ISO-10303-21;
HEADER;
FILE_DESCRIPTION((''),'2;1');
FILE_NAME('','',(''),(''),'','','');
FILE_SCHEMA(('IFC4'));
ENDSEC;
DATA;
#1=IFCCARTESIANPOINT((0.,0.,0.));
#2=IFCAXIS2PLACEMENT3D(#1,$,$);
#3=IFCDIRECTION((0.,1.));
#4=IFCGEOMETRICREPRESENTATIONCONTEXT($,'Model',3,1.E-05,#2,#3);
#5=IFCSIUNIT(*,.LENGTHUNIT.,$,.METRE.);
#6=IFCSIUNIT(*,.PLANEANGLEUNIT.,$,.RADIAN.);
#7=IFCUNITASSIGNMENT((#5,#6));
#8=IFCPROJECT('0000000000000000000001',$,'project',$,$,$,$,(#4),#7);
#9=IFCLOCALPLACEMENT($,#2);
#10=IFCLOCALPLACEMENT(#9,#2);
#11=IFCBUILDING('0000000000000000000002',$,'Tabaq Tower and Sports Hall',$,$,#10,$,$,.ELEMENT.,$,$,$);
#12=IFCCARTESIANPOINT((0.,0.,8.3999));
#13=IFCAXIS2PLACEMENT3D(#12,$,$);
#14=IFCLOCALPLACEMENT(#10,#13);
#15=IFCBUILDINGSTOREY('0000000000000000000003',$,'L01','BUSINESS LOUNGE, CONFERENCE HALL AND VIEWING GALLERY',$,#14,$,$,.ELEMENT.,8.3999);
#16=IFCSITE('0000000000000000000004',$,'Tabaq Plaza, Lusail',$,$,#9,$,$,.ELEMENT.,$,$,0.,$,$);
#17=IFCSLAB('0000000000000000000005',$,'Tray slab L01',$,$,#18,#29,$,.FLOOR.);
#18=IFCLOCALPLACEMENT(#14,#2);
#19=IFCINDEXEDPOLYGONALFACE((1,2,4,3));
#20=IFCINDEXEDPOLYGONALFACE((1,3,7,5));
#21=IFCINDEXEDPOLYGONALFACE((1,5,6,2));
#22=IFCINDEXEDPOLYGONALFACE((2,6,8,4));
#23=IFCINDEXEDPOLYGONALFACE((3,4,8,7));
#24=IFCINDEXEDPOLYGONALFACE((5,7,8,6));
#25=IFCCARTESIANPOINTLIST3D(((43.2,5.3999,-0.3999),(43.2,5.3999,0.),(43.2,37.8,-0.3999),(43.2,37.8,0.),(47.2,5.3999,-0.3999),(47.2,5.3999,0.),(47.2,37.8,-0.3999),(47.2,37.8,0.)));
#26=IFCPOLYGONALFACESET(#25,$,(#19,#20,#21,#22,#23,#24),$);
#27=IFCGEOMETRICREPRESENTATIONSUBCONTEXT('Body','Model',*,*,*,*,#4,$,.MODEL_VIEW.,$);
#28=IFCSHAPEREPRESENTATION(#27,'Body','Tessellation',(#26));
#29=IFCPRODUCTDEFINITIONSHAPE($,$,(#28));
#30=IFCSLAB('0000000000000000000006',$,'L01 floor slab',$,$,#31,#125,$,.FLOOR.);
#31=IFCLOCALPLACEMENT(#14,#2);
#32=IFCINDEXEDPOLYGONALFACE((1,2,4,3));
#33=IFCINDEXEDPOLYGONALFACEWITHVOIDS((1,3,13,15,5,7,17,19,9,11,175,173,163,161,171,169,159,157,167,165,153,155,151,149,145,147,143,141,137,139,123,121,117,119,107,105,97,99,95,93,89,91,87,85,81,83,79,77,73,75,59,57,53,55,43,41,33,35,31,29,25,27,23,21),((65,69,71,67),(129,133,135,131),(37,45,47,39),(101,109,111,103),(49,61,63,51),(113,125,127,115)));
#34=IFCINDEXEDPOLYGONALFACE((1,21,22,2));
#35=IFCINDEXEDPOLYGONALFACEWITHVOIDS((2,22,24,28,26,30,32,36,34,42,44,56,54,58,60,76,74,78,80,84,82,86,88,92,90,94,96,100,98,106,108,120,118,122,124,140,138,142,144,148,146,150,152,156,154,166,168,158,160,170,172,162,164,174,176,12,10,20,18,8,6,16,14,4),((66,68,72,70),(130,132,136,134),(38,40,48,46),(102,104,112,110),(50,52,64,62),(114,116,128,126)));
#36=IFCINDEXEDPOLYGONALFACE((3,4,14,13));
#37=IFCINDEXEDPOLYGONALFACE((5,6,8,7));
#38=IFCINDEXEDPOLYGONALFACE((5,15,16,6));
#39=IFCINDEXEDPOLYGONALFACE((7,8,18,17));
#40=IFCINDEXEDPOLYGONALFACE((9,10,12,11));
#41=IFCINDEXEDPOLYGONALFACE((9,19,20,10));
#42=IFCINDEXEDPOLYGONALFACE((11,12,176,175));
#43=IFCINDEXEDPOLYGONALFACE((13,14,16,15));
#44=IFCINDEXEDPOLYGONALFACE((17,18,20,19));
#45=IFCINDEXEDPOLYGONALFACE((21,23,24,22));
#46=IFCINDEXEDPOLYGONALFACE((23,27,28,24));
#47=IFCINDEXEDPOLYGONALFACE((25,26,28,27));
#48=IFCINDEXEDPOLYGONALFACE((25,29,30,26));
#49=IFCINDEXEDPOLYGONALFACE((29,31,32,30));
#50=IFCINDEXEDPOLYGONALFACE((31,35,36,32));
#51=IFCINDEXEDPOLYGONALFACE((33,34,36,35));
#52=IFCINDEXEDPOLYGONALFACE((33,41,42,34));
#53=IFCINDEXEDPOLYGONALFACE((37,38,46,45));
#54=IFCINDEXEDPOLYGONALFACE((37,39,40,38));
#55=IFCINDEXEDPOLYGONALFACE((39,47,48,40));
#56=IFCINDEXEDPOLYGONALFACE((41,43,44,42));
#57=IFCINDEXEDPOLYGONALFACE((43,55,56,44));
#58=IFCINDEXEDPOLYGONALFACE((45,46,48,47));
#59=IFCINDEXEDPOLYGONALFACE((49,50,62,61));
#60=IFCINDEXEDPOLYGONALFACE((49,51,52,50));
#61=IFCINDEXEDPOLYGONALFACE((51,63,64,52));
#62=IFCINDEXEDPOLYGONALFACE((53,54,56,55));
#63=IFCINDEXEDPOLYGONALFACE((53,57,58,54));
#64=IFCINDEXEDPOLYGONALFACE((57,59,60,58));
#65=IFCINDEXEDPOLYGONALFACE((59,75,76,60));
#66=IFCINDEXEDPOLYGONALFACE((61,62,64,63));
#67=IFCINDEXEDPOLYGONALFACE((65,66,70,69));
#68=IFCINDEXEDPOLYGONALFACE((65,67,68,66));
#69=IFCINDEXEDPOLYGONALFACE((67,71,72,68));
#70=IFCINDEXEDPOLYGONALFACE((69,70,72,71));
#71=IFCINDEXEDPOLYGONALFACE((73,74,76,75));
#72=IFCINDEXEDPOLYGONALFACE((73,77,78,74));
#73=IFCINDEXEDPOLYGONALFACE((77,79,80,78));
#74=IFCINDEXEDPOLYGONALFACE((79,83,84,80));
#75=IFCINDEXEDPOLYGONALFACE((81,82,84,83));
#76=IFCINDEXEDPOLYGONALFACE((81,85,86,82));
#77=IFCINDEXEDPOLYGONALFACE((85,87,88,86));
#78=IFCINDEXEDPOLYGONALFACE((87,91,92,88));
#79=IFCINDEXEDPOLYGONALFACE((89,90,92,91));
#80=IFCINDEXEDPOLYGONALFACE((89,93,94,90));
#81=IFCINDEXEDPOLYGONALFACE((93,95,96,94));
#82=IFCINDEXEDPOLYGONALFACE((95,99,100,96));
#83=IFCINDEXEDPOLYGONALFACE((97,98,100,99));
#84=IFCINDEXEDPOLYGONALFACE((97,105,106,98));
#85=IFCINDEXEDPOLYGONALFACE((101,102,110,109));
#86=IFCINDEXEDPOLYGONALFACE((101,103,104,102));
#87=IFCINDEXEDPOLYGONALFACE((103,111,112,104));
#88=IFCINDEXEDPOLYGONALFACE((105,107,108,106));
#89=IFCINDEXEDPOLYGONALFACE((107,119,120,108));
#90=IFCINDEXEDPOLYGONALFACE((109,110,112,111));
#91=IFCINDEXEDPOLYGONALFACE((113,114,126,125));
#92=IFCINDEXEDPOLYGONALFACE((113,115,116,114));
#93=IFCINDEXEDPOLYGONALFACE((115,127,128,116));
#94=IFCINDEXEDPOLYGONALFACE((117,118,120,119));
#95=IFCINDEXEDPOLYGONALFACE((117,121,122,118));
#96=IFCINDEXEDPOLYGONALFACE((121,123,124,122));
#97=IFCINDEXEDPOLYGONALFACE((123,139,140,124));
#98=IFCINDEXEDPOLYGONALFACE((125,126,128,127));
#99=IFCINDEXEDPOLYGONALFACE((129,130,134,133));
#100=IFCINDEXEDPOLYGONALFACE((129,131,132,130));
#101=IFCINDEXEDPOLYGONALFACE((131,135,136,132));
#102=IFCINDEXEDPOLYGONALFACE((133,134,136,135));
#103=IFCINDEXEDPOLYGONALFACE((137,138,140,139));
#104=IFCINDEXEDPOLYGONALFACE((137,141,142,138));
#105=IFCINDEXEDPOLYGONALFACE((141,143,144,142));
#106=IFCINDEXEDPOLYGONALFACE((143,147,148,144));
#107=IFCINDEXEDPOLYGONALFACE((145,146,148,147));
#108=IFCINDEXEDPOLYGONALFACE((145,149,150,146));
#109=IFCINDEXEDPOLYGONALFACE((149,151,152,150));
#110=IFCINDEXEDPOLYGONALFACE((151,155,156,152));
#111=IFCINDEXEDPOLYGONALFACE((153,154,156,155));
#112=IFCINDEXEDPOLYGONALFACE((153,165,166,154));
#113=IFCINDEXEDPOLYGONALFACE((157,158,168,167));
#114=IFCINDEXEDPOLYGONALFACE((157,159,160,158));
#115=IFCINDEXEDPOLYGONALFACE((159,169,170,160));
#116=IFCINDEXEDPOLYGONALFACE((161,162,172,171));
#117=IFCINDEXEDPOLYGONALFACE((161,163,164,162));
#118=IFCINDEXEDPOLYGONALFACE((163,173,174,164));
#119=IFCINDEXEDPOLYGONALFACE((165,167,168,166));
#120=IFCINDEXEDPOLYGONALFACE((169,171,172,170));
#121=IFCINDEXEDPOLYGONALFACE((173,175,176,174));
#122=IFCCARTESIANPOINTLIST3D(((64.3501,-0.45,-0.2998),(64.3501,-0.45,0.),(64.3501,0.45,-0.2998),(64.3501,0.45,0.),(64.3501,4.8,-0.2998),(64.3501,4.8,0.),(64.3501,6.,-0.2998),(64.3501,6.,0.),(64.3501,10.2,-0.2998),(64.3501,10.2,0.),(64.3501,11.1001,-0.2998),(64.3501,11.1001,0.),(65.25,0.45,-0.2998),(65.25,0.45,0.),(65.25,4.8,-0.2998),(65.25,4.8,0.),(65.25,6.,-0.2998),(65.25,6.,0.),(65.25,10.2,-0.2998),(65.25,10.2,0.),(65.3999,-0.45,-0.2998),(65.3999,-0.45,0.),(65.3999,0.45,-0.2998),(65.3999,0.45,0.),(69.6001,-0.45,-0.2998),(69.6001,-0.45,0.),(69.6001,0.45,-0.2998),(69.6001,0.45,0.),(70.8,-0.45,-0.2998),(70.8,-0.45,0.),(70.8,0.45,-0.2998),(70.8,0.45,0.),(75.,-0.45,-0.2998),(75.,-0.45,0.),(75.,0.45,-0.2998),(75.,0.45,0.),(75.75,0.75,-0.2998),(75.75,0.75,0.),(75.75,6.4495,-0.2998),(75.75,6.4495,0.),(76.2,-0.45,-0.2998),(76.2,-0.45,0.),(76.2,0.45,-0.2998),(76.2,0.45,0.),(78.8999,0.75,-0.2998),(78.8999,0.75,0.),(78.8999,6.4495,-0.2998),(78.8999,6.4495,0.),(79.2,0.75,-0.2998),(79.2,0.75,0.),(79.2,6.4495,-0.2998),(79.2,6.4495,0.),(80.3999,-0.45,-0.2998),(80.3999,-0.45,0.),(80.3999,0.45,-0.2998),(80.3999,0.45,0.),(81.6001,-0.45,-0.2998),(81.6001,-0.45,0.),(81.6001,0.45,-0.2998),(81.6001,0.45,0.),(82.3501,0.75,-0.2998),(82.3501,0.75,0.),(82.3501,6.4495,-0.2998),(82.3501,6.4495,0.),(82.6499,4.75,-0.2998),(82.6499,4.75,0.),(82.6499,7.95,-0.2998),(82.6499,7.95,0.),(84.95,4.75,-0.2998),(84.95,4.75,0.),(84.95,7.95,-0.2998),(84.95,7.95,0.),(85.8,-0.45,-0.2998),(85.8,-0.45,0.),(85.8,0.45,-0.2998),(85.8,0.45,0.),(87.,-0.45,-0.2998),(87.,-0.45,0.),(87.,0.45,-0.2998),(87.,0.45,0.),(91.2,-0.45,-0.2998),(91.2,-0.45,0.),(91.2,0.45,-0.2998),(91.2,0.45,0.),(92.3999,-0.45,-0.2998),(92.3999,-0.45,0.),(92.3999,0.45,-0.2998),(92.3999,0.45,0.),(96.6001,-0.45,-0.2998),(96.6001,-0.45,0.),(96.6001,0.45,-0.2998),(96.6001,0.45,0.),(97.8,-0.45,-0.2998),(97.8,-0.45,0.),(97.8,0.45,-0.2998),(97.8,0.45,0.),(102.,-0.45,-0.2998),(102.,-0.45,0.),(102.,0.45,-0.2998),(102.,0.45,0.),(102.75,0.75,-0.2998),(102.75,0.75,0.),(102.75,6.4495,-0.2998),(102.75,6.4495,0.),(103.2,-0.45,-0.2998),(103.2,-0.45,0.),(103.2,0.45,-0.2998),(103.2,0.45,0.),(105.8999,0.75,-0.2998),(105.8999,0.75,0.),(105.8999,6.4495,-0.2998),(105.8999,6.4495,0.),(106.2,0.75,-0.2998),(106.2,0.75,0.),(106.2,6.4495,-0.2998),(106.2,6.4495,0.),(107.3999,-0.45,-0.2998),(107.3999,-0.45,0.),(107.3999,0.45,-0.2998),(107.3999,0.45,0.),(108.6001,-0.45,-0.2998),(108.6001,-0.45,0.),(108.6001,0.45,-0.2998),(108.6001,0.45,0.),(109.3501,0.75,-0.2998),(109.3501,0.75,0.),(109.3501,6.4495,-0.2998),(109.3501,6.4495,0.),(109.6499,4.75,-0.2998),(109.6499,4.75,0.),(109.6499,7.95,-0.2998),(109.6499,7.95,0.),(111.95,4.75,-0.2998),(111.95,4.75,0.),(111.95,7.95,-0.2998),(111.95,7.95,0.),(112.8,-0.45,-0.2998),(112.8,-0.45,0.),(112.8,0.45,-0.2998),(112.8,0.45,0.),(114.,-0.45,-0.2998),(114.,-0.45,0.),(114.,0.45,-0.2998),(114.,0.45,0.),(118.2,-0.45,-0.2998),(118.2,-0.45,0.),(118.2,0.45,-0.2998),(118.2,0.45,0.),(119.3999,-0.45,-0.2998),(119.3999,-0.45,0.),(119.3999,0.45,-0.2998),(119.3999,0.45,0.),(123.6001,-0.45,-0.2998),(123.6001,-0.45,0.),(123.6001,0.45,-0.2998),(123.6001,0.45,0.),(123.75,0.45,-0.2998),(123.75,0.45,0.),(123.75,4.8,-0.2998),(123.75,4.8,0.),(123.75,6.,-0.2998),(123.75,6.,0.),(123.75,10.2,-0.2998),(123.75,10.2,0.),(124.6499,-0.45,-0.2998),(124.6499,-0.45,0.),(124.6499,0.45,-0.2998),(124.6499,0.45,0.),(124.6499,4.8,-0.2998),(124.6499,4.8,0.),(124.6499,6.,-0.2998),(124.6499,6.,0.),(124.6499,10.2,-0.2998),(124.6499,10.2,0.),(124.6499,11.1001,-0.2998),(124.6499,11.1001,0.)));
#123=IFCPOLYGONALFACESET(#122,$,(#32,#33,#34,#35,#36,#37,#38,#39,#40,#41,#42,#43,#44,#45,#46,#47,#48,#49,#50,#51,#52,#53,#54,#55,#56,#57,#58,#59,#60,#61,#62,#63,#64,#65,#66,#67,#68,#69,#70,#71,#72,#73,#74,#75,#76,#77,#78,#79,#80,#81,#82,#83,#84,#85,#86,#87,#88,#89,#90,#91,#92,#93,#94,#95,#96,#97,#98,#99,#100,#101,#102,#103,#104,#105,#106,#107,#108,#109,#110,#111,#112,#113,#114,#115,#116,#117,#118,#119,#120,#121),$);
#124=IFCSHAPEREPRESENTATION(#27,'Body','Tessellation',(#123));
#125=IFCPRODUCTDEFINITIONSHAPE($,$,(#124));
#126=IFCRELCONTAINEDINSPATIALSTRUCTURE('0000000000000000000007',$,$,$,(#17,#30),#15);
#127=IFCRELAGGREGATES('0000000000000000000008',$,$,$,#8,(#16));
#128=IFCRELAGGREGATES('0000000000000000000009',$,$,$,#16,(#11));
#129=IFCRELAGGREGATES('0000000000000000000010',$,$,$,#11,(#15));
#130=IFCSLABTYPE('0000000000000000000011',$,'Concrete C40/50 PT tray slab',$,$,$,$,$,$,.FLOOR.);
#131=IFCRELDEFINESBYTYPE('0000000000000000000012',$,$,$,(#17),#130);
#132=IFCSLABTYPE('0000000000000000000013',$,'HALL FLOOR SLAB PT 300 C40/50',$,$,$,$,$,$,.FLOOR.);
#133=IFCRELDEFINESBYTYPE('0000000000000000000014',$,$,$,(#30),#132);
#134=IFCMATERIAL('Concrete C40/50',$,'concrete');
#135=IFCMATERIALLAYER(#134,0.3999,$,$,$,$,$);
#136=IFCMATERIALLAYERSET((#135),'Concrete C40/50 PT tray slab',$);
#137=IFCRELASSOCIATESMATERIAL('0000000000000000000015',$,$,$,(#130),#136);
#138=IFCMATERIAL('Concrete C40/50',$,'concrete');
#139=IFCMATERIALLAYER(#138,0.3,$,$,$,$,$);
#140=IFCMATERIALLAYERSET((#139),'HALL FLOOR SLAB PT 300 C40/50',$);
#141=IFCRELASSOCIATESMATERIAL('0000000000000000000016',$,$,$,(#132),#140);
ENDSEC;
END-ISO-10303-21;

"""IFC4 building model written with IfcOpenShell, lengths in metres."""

from ifc_helpers import new_model, si_unit, direction, frame, origin, place, context, subcontext, project, spatial, polyline, outline, extrude, material, layer, layer_set, type_object, element, save


model = new_model("IFC4")

# Units and contexts
model_context = context("Model", 3, precision=1e-05, world=origin(), true_north=direction((0.0, 1.0)))
body_context = subcontext(model_context, "Body", "Model", "MODEL_VIEW")
ifc_project = project(units=[si_unit("LENGTHUNIT", "METRE"), si_unit("PLANEANGLEUNIT", "RADIAN")], contexts=[model_context])

# Site, building, storey
site_placement = place(None, origin())
site = spatial("IfcSite", under=ifc_project, at=site_placement, Name="Tabaq Plaza, Lusail", CompositionType="ELEMENT", RefElevation=0.0)
building_placement = place(site_placement, origin())
building = spatial("IfcBuilding", under=site, at=building_placement, Name="Tabaq Tower and Sports Hall", CompositionType="ELEMENT")
storey_placement = place(building_placement, frame((0.0, 0.0, 8.3999)))
storey = spatial("IfcBuildingStorey", under=building, at=storey_placement, Name="L01", Description="BUSINESS LOUNGE, CONFERENCE HALL AND VIEWING GALLERY", CompositionType="ELEMENT", Elevation=8.3999)

# Slabs
ifc_material_1 = material(Name="Concrete C40/50", Category="concrete")
ifc_layer_1 = layer(ifc_material_1, 0.3999)
ifc_layer_set_1 = layer_set([ifc_layer_1], Name="Concrete C40/50 PT tray slab")
slab_type_1 = type_object("IfcSlabType", Name="Concrete C40/50 PT tray slab", PredefinedType="FLOOR", material=ifc_layer_set_1)
slab_1_placement = place(storey_placement, frame((0.0, 0.0, -0.3999)))
element("IfcSlab", 1, at=slab_1_placement, inside=storey, type_object=slab_type_1, Name="Tray slab L01", PredefinedType="FLOOR", context=body_context, shape_type="SweptSolid", body=[
    extrude(outline(polyline([(43.2, 5.3999), (43.2, 37.8), (47.2, 37.8), (47.2, 5.3999), (43.2, 5.3999)])), origin(), (0.0, 0.0, 1.0), 0.3999),
])
ifc_material_2 = material(Name="Concrete C40/50", Category="concrete")
ifc_layer_2 = layer(ifc_material_2, 0.3)
ifc_layer_set_2 = layer_set([ifc_layer_2], Name="HALL FLOOR SLAB PT 300 C40/50")
slab_type_2 = type_object("IfcSlabType", Name="HALL FLOOR SLAB PT 300 C40/50", PredefinedType="FLOOR", material=ifc_layer_set_2)
slab_2_placement = place(storey_placement, frame((0.0, 0.0, -0.2998)))
element("IfcSlab", 2, at=slab_2_placement, inside=storey, type_object=slab_type_2, Name="L01 floor slab", PredefinedType="FLOOR", context=body_context, shape_type="SweptSolid", body=[
    extrude(outline(polyline([(76.2, 0.45), (76.2, -0.45), (75.0, -0.45), (75.0, 0.45), (70.8, 0.45), (70.8, -0.45), (69.6001, -0.45), (69.6001, 0.45), (65.3999, 0.45), (65.3999, -0.45), (64.3501, -0.45), (64.3501, 0.45), (65.25, 0.45), (65.25, 4.8), (64.3501, 4.8), (64.3501, 6.0), (65.25, 6.0), (65.25, 10.2), (64.3501, 10.2), (64.3501, 11.1001), (124.6499, 11.1001), (124.6499, 10.2), (123.75, 10.2), (123.75, 6.0), (124.6499, 6.0), (124.6499, 4.8), (123.75, 4.8), (123.75, 0.45), (124.6499, 0.45), (124.6499, -0.45), (123.6001, -0.45), (123.6001, 0.45), (119.3999, 0.45), (119.3999, -0.45), (118.2, -0.45), (118.2, 0.45), (114.0, 0.45), (114.0, -0.45), (112.8, -0.45), (112.8, 0.45), (108.6001, 0.45), (108.6001, -0.45), (107.3999, -0.45), (107.3999, 0.45), (103.2, 0.45), (103.2, -0.45), (102.0, -0.45), (102.0, 0.45), (97.8, 0.45), (97.8, -0.45), (96.6001, -0.45), (96.6001, 0.45), (92.3999, 0.45), (92.3999, -0.45), (91.2, -0.45), (91.2, 0.45), (87.0, 0.45), (87.0, -0.45), (85.8, -0.45), (85.8, 0.45), (81.6001, 0.45), (81.6001, -0.45), (80.3999, -0.45), (80.3999, 0.45), (76.2, 0.45)]), holes=[polyline([(82.6499, 4.75), (84.95, 4.75), (84.95, 7.95), (82.6499, 7.95), (82.6499, 4.75)]), polyline([(109.6499, 4.75), (111.95, 4.75), (111.95, 7.95), (109.6499, 7.95), (109.6499, 4.75)]), polyline([(75.75, 6.4495), (75.75, 0.75), (78.8999, 0.75), (78.8999, 6.4495), (75.75, 6.4495)]), polyline([(79.2, 6.4495), (79.2, 0.75), (82.3501, 0.75), (82.3501, 6.4495), (79.2, 6.4495)]), polyline([(102.75, 6.4495), (102.75, 0.75), (105.8999, 0.75), (105.8999, 6.4495), (102.75, 6.4495)]), polyline([(106.2, 6.4495), (106.2, 0.75), (109.3501, 0.75), (109.3501, 6.4495), (106.2, 6.4495)])]), origin(), (0.0, 0.0, 1.0), 0.2998),
])

save(model, "model.ifc")
